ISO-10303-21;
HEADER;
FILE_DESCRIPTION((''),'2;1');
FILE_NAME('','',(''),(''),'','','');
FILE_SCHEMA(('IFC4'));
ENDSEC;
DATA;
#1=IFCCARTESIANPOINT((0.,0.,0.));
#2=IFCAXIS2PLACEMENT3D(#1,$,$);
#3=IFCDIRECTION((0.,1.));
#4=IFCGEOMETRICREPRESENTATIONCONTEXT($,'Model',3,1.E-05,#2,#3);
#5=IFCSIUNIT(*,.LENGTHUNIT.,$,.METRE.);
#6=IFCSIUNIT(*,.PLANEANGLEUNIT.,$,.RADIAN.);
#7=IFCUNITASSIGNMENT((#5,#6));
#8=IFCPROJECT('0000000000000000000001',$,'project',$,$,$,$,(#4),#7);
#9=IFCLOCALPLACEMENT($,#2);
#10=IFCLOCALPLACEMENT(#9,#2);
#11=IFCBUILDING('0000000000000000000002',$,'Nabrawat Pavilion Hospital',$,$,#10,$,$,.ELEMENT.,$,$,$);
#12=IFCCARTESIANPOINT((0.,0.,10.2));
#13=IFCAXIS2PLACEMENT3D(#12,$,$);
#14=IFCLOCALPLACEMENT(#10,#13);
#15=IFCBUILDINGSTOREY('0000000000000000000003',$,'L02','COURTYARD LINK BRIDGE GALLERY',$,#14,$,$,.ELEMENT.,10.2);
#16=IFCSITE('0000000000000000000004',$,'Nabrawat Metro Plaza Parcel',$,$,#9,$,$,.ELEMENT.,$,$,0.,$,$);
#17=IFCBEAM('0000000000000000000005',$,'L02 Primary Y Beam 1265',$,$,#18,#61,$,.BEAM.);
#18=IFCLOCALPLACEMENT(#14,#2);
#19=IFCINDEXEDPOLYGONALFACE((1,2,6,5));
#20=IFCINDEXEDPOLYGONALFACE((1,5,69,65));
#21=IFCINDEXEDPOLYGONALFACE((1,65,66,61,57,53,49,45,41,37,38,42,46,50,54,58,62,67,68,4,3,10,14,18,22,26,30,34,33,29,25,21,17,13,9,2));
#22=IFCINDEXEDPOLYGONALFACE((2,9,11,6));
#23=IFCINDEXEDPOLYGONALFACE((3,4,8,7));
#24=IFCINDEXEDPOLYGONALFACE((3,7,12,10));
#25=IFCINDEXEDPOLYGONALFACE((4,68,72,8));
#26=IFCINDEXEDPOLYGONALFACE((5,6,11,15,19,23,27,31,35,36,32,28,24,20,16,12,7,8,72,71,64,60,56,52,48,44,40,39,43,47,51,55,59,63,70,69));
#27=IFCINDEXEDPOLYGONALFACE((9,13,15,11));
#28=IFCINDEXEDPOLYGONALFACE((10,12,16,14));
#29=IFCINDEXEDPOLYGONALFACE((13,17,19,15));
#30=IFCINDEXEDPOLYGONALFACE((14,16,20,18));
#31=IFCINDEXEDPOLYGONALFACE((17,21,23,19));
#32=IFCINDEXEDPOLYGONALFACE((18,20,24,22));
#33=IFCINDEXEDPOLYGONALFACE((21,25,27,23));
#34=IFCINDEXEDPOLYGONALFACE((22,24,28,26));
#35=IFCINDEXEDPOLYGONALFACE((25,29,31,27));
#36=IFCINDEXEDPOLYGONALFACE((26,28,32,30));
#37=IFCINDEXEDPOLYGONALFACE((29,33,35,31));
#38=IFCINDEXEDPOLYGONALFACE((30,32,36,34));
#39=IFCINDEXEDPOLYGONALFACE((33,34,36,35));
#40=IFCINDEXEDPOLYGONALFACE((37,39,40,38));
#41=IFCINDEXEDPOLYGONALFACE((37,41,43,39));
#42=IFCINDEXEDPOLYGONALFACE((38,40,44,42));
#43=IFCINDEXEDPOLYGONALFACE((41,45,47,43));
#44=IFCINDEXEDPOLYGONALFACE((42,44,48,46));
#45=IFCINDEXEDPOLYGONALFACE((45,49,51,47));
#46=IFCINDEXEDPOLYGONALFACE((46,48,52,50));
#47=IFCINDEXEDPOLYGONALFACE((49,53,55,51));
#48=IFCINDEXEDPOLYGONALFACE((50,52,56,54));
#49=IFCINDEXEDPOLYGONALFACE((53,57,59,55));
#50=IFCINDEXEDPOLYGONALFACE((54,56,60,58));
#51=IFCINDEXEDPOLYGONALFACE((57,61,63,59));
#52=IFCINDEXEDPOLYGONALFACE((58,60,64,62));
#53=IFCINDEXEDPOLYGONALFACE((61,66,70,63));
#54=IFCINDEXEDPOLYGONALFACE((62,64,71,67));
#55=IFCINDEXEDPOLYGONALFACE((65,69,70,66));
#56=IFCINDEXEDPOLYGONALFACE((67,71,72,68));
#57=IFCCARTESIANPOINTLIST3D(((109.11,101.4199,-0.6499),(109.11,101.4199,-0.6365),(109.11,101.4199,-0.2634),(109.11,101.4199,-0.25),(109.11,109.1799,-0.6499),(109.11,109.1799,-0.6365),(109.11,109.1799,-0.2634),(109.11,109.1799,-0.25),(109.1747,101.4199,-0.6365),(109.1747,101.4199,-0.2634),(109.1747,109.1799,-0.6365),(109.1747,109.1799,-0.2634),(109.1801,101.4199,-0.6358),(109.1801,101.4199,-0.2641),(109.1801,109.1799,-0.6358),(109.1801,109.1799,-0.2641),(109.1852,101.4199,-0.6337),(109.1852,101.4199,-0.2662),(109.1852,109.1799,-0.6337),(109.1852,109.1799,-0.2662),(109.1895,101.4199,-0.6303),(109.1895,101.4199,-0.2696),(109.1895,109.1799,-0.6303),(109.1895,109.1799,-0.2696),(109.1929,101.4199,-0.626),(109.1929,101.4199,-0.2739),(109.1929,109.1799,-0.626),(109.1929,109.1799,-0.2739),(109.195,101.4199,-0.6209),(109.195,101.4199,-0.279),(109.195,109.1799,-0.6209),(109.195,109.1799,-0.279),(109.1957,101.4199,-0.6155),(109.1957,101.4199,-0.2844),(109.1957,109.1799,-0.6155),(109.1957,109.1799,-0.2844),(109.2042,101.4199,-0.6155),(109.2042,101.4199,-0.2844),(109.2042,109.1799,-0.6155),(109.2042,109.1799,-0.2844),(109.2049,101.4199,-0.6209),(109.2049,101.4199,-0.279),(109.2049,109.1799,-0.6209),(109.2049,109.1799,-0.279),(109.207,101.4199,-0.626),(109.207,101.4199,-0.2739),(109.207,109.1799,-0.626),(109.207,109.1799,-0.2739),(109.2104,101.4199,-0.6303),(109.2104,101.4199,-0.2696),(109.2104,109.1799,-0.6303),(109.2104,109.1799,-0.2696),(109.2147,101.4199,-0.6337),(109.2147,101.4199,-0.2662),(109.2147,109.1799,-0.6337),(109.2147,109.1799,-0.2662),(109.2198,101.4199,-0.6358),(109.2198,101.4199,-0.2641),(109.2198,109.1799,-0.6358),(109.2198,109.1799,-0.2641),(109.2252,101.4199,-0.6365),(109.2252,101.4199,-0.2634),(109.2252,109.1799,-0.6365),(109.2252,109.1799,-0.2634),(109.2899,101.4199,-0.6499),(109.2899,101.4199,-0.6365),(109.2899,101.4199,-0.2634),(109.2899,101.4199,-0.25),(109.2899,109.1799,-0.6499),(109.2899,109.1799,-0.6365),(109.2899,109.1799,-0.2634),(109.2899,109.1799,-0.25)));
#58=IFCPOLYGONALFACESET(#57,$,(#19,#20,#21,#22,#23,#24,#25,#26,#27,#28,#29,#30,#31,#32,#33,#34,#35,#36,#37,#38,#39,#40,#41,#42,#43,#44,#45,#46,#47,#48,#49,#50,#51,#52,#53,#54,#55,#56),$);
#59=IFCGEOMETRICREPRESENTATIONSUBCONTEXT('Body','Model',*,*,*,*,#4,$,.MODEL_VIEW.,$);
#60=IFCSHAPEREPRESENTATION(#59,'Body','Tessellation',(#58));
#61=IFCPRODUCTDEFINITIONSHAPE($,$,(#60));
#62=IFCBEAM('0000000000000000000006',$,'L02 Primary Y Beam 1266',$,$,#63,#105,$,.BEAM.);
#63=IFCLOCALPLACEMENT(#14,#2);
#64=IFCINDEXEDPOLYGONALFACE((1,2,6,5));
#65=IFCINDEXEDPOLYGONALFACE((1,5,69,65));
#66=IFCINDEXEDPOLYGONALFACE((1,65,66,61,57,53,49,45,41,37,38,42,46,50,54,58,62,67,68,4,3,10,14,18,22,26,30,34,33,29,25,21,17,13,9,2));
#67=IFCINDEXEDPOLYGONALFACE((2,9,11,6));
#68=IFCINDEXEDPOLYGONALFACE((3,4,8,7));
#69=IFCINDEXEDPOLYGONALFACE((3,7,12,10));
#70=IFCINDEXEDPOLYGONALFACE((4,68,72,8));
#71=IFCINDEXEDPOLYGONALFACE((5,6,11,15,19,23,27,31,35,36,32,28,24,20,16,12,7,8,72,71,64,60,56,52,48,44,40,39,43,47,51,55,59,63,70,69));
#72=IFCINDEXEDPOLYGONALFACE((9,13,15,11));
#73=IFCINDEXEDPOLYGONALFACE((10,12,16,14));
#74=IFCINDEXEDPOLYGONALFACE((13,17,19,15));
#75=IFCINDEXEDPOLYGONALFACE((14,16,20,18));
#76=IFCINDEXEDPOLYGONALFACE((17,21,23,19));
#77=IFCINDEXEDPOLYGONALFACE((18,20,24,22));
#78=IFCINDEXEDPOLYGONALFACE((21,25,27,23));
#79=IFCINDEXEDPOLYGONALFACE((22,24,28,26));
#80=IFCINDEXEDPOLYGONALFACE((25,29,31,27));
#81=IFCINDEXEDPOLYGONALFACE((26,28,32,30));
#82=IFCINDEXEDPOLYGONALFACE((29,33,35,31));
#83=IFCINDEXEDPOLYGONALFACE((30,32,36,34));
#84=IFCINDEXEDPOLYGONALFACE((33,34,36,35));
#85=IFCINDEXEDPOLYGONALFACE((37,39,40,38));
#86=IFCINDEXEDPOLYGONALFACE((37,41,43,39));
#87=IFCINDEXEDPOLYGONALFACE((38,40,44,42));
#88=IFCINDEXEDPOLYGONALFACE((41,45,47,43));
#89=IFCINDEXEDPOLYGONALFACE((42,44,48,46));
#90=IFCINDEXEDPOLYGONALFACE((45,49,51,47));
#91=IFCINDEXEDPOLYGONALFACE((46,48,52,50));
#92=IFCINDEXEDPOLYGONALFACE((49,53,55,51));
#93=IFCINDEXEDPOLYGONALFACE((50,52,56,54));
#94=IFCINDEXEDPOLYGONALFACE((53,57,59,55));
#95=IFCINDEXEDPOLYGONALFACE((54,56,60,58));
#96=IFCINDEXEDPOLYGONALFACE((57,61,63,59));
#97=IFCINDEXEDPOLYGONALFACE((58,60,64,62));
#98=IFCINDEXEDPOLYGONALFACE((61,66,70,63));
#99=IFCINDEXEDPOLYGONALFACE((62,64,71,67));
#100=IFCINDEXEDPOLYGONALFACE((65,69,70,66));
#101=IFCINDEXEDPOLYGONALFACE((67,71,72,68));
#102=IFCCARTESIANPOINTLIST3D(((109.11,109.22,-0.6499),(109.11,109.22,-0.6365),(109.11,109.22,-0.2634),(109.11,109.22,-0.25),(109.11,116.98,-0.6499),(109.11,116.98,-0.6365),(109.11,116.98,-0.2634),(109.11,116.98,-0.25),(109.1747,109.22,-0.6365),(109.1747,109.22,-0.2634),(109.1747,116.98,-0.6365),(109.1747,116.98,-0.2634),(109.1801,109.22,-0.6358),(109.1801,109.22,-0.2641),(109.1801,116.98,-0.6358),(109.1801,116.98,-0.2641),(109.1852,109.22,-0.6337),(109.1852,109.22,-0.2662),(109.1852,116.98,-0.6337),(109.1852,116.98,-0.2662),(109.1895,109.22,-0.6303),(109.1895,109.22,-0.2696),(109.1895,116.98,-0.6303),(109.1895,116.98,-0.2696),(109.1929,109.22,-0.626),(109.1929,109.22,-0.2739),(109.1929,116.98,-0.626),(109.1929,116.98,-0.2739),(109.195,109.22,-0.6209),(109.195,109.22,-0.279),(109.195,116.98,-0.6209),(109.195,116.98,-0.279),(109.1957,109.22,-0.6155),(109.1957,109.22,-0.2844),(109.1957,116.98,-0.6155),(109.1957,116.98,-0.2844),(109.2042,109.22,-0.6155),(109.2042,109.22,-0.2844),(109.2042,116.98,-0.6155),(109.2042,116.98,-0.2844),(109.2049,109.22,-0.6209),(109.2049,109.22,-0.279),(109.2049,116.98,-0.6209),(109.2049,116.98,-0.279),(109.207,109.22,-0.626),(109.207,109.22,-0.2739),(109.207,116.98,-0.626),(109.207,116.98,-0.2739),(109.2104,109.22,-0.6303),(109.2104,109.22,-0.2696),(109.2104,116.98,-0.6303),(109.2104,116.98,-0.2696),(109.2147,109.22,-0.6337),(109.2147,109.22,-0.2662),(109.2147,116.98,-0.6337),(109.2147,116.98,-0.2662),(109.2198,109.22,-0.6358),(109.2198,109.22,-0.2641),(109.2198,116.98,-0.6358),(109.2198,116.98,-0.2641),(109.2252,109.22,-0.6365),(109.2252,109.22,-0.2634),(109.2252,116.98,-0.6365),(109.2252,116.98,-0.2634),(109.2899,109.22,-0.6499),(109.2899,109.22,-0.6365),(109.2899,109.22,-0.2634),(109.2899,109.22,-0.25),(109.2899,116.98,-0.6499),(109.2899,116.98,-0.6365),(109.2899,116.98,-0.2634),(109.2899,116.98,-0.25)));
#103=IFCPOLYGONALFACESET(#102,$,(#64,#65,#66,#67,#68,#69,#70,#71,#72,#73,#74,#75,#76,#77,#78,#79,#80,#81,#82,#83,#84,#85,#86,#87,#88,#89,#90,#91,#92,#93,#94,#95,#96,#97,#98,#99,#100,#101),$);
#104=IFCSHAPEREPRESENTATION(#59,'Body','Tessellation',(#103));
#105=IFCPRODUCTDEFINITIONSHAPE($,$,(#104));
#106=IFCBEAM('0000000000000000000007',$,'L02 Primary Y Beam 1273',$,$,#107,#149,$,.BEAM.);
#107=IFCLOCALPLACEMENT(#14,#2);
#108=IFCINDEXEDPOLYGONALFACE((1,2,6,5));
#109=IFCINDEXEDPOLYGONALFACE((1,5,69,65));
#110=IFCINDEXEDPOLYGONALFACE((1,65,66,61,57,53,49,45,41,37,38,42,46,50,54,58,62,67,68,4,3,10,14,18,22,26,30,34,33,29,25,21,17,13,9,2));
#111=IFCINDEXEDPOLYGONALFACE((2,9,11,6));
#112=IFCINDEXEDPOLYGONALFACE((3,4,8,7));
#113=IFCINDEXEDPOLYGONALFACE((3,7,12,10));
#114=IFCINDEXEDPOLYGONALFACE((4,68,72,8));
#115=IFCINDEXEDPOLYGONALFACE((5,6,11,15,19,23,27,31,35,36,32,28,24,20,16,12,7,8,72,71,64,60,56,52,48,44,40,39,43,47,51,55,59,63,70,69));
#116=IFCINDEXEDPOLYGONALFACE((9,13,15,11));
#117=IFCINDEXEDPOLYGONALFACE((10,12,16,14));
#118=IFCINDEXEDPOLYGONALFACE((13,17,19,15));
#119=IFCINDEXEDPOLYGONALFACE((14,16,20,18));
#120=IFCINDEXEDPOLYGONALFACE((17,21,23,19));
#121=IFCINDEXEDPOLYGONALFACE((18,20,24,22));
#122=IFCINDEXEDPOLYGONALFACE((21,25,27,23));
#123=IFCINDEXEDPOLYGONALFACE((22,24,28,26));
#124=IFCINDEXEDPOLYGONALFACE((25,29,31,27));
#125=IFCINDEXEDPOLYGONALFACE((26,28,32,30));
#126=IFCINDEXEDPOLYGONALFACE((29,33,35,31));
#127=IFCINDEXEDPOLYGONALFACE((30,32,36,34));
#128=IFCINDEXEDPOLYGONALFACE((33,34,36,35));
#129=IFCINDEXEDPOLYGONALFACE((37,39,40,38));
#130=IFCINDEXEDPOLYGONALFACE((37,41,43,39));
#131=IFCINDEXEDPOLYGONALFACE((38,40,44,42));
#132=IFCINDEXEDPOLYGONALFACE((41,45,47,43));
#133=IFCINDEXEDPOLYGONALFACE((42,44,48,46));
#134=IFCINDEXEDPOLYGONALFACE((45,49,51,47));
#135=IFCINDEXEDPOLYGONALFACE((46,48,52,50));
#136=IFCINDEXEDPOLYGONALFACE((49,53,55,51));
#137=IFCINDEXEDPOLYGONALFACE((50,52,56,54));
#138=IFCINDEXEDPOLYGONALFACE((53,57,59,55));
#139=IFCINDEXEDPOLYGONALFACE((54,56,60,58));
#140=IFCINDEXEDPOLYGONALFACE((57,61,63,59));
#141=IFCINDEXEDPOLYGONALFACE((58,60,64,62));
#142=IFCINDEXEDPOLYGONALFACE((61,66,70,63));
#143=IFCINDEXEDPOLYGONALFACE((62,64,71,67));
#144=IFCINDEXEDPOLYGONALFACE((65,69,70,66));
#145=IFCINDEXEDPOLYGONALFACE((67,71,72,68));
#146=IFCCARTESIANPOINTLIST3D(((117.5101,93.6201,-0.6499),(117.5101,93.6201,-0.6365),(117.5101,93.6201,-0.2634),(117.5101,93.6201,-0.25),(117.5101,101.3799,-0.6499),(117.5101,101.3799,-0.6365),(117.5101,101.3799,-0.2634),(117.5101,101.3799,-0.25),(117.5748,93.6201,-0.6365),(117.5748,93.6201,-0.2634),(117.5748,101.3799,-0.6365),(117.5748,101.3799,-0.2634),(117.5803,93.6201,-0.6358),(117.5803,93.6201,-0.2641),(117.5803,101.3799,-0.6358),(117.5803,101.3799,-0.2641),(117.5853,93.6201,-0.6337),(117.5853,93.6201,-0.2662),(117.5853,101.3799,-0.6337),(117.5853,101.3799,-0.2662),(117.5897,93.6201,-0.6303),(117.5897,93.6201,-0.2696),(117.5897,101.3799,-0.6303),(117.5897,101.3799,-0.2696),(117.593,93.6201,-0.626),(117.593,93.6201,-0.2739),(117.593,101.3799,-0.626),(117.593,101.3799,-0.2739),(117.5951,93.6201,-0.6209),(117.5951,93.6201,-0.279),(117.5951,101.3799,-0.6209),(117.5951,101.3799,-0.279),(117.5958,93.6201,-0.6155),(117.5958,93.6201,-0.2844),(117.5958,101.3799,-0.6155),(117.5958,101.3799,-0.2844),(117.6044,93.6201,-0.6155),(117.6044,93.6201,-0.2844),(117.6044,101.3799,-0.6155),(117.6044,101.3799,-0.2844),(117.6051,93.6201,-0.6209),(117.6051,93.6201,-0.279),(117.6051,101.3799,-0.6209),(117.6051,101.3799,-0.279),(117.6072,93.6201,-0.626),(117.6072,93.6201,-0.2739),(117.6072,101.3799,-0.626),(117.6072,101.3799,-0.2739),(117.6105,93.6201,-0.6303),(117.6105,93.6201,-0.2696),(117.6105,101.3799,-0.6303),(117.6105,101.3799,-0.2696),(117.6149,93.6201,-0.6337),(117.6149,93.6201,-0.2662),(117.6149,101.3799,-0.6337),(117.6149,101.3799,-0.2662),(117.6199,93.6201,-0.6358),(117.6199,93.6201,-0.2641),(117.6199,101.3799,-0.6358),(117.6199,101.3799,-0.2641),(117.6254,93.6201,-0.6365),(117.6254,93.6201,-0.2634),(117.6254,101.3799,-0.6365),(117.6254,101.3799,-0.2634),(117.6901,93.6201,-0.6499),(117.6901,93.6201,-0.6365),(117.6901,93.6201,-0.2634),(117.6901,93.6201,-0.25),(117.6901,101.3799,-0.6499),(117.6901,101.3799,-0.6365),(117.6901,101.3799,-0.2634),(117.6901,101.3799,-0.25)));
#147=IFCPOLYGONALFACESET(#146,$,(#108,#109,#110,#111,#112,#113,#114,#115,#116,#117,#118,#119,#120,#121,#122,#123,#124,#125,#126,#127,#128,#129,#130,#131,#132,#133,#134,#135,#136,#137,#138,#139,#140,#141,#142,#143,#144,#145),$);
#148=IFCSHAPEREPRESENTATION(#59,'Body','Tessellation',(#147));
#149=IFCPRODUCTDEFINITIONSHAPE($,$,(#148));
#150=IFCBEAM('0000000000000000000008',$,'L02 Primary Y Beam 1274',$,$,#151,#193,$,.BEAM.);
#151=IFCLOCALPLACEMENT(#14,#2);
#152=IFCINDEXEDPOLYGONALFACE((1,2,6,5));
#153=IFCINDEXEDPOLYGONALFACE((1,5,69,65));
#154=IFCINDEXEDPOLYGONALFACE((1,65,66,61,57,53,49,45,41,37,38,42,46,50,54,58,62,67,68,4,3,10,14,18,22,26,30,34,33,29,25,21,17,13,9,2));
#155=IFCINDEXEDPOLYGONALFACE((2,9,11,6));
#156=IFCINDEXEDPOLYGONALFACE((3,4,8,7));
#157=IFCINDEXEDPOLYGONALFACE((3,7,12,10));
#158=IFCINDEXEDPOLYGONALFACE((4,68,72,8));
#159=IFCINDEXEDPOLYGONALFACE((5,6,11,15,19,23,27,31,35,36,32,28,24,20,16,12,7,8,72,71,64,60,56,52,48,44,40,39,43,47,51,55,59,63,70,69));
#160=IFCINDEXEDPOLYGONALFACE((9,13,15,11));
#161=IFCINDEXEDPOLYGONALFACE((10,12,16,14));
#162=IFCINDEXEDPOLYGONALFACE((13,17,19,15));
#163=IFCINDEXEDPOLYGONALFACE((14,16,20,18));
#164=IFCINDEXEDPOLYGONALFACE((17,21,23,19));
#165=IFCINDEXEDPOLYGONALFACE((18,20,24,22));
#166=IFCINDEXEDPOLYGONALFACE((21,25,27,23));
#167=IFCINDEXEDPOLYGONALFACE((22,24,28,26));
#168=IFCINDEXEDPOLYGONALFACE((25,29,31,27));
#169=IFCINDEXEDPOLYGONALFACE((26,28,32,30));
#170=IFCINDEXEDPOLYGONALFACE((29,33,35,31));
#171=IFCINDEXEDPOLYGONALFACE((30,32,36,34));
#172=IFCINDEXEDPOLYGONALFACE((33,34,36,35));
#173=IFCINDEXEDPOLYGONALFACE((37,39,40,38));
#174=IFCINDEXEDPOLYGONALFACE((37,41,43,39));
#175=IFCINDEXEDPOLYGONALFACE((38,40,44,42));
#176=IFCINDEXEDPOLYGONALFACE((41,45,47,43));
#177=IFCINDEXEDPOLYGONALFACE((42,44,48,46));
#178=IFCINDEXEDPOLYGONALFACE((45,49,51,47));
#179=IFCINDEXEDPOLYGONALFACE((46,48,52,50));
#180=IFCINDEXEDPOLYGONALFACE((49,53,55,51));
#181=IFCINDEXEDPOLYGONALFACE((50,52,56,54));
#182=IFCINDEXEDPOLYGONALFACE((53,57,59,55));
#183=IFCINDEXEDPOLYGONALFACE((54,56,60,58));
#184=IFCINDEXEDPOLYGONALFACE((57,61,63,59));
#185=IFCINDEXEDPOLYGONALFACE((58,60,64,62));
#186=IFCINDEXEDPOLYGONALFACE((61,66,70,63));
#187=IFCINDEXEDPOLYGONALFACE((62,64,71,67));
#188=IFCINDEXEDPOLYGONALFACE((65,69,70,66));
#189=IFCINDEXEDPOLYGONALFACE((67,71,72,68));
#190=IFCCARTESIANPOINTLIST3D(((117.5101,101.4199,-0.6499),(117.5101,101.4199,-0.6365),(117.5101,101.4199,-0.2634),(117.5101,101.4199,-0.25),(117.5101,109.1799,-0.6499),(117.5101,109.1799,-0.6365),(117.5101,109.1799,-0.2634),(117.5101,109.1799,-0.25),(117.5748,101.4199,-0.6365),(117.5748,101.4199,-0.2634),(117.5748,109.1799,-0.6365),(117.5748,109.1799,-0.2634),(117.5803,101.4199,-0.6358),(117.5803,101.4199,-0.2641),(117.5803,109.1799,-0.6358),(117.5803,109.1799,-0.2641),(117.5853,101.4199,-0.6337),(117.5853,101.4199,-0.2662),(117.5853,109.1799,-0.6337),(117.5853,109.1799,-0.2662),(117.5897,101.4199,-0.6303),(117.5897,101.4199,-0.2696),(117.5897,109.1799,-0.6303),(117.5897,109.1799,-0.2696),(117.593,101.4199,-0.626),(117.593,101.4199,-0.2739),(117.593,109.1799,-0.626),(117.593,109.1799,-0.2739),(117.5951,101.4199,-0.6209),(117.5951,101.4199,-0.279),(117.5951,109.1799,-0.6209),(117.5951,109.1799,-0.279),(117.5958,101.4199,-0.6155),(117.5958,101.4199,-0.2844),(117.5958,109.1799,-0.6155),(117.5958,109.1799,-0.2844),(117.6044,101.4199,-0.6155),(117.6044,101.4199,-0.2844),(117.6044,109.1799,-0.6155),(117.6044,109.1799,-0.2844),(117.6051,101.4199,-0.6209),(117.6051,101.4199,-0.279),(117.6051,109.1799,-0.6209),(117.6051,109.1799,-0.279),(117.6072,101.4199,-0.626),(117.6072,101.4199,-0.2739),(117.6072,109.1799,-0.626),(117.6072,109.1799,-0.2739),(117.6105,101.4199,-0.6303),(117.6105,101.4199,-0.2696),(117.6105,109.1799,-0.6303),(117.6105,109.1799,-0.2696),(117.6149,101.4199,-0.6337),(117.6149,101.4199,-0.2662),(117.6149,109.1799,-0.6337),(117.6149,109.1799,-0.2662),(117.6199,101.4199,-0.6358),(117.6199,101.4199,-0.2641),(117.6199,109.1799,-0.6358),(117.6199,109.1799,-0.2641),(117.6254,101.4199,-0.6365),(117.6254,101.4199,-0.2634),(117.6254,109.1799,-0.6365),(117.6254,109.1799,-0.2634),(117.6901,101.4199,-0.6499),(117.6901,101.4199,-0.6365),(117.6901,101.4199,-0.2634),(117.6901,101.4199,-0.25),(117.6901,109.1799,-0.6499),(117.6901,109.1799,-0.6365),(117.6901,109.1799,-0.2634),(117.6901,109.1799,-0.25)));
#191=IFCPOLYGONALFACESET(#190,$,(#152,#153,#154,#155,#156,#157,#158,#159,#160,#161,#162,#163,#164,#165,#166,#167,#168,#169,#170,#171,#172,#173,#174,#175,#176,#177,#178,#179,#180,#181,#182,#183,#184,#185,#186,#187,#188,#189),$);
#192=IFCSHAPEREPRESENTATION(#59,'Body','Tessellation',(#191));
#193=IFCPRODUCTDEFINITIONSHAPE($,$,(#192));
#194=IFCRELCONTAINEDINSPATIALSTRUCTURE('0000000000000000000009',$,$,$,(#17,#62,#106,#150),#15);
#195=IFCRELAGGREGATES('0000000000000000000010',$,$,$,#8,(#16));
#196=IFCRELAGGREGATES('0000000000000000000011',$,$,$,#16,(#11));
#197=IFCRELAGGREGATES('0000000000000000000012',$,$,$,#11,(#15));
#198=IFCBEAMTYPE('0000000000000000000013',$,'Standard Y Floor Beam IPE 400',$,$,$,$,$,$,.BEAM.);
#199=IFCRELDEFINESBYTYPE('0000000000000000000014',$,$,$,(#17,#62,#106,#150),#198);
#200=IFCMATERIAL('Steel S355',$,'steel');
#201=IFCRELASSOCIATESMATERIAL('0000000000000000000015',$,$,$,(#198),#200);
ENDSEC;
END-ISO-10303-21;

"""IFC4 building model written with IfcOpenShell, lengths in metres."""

from ifc_helpers import new_model, si_unit, direction, frame, origin, origin_2d, place, context, subcontext, project, spatial, i_section, extrude, material, material_profile, profile_set, type_object, element, save


model = new_model("IFC4")

# Units and contexts
model_context = context("Model", 3, precision=1e-05, world=origin(), true_north=direction((0.0, 1.0)))
body_context = subcontext(model_context, "Body", "Model", "MODEL_VIEW")
ifc_project = project(units=[si_unit("LENGTHUNIT", "METRE"), si_unit("PLANEANGLEUNIT", "RADIAN")], contexts=[model_context])

# Site, building, storey
site_placement = place(None, origin())
site = spatial("IfcSite", under=ifc_project, at=site_placement, Name="Nabrawat Metro Plaza Parcel", CompositionType="ELEMENT", RefElevation=0.0)
building_placement = place(site_placement, origin())
building = spatial("IfcBuilding", under=site, at=building_placement, Name="Nabrawat Pavilion Hospital", CompositionType="ELEMENT")
storey_placement = place(building_placement, frame((0.0, 0.0, 10.2)))
storey = spatial("IfcBuildingStorey", under=building, at=storey_placement, Name="L02", Description="COURTYARD LINK BRIDGE GALLERY", CompositionType="ELEMENT", Elevation=10.2)

# Shared definitions
ifc_material_1 = material(Name="Steel S355", Category="steel")

# Beams
ifc_material_profile_1 = material_profile(ifc_material_1, i_section(OverallWidth=0.1799, OverallDepth=0.3999, WebThickness=0.0085, FlangeThickness=0.0134, FilletRadius=0.021, at=origin_2d()), Name="IPE 400")
ifc_profile_set_1 = profile_set([ifc_material_profile_1], Name="Steel S355")
beam_type_1 = type_object("IfcBeamType", Name="Standard Y Floor Beam IPE 400", PredefinedType="BEAM", material=ifc_profile_set_1)
for number, where, z_axis, x_axis, name in (
    (1, (109.2, 101.4199, -0.45), (0.0, 1.0, 0.0), (-1.0, 0.0, 0.0), "L02 Primary Y Beam 1265"),
    (2, (109.2, 109.22, -0.45), (0.0, 1.0, 0.0), (-1.0, 0.0, 0.0), "L02 Primary Y Beam 1266"),
):
    element("IfcBeam", number, at=place(storey_placement, frame(where, z_axis=z_axis, x_axis=x_axis)), inside=storey, type_object=beam_type_1, Name=name, PredefinedType="BEAM", context=body_context, shape_type="SweptSolid", body=[
        extrude(i_section(OverallWidth=0.1799, OverallDepth=0.3999, WebThickness=0.0085, FlangeThickness=0.0134, FilletRadius=0.021, at=origin_2d()), origin(), (0.0, 0.0, 1.0), 7.76),
    ])
beam_1_placement = place(storey_placement, frame((117.6001, 93.6201, -0.45), z_axis=(0.0, 1.0, 0.0), x_axis=(-1.0, 0.0, 0.0)))
element("IfcBeam", 3, at=beam_1_placement, inside=storey, type_object=beam_type_1, Name="L02 Primary Y Beam 1273", PredefinedType="BEAM", context=body_context, shape_type="SweptSolid", body=[
    extrude(i_section(OverallWidth=0.1799, OverallDepth=0.3999, WebThickness=0.0085, FlangeThickness=0.0134, FilletRadius=0.021, at=origin_2d()), origin(), (0.0, 0.0, 1.0), 7.7598),
])
for number, where, z_axis, x_axis, name in (
    (4, (117.6001, 101.4199, -0.45), (0.0, 1.0, 0.0), (-1.0, 0.0, 0.0), "L02 Primary Y Beam 1274"),
):
    element("IfcBeam", number, at=place(storey_placement, frame(where, z_axis=z_axis, x_axis=x_axis)), inside=storey, type_object=beam_type_1, Name=name, PredefinedType="BEAM", context=body_context, shape_type="SweptSolid", body=[
        extrude(i_section(OverallWidth=0.1799, OverallDepth=0.3999, WebThickness=0.0085, FlangeThickness=0.0134, FilletRadius=0.021, at=origin_2d()), origin(), (0.0, 0.0, 1.0), 7.76),
    ])

save(model, "model.ifc")
